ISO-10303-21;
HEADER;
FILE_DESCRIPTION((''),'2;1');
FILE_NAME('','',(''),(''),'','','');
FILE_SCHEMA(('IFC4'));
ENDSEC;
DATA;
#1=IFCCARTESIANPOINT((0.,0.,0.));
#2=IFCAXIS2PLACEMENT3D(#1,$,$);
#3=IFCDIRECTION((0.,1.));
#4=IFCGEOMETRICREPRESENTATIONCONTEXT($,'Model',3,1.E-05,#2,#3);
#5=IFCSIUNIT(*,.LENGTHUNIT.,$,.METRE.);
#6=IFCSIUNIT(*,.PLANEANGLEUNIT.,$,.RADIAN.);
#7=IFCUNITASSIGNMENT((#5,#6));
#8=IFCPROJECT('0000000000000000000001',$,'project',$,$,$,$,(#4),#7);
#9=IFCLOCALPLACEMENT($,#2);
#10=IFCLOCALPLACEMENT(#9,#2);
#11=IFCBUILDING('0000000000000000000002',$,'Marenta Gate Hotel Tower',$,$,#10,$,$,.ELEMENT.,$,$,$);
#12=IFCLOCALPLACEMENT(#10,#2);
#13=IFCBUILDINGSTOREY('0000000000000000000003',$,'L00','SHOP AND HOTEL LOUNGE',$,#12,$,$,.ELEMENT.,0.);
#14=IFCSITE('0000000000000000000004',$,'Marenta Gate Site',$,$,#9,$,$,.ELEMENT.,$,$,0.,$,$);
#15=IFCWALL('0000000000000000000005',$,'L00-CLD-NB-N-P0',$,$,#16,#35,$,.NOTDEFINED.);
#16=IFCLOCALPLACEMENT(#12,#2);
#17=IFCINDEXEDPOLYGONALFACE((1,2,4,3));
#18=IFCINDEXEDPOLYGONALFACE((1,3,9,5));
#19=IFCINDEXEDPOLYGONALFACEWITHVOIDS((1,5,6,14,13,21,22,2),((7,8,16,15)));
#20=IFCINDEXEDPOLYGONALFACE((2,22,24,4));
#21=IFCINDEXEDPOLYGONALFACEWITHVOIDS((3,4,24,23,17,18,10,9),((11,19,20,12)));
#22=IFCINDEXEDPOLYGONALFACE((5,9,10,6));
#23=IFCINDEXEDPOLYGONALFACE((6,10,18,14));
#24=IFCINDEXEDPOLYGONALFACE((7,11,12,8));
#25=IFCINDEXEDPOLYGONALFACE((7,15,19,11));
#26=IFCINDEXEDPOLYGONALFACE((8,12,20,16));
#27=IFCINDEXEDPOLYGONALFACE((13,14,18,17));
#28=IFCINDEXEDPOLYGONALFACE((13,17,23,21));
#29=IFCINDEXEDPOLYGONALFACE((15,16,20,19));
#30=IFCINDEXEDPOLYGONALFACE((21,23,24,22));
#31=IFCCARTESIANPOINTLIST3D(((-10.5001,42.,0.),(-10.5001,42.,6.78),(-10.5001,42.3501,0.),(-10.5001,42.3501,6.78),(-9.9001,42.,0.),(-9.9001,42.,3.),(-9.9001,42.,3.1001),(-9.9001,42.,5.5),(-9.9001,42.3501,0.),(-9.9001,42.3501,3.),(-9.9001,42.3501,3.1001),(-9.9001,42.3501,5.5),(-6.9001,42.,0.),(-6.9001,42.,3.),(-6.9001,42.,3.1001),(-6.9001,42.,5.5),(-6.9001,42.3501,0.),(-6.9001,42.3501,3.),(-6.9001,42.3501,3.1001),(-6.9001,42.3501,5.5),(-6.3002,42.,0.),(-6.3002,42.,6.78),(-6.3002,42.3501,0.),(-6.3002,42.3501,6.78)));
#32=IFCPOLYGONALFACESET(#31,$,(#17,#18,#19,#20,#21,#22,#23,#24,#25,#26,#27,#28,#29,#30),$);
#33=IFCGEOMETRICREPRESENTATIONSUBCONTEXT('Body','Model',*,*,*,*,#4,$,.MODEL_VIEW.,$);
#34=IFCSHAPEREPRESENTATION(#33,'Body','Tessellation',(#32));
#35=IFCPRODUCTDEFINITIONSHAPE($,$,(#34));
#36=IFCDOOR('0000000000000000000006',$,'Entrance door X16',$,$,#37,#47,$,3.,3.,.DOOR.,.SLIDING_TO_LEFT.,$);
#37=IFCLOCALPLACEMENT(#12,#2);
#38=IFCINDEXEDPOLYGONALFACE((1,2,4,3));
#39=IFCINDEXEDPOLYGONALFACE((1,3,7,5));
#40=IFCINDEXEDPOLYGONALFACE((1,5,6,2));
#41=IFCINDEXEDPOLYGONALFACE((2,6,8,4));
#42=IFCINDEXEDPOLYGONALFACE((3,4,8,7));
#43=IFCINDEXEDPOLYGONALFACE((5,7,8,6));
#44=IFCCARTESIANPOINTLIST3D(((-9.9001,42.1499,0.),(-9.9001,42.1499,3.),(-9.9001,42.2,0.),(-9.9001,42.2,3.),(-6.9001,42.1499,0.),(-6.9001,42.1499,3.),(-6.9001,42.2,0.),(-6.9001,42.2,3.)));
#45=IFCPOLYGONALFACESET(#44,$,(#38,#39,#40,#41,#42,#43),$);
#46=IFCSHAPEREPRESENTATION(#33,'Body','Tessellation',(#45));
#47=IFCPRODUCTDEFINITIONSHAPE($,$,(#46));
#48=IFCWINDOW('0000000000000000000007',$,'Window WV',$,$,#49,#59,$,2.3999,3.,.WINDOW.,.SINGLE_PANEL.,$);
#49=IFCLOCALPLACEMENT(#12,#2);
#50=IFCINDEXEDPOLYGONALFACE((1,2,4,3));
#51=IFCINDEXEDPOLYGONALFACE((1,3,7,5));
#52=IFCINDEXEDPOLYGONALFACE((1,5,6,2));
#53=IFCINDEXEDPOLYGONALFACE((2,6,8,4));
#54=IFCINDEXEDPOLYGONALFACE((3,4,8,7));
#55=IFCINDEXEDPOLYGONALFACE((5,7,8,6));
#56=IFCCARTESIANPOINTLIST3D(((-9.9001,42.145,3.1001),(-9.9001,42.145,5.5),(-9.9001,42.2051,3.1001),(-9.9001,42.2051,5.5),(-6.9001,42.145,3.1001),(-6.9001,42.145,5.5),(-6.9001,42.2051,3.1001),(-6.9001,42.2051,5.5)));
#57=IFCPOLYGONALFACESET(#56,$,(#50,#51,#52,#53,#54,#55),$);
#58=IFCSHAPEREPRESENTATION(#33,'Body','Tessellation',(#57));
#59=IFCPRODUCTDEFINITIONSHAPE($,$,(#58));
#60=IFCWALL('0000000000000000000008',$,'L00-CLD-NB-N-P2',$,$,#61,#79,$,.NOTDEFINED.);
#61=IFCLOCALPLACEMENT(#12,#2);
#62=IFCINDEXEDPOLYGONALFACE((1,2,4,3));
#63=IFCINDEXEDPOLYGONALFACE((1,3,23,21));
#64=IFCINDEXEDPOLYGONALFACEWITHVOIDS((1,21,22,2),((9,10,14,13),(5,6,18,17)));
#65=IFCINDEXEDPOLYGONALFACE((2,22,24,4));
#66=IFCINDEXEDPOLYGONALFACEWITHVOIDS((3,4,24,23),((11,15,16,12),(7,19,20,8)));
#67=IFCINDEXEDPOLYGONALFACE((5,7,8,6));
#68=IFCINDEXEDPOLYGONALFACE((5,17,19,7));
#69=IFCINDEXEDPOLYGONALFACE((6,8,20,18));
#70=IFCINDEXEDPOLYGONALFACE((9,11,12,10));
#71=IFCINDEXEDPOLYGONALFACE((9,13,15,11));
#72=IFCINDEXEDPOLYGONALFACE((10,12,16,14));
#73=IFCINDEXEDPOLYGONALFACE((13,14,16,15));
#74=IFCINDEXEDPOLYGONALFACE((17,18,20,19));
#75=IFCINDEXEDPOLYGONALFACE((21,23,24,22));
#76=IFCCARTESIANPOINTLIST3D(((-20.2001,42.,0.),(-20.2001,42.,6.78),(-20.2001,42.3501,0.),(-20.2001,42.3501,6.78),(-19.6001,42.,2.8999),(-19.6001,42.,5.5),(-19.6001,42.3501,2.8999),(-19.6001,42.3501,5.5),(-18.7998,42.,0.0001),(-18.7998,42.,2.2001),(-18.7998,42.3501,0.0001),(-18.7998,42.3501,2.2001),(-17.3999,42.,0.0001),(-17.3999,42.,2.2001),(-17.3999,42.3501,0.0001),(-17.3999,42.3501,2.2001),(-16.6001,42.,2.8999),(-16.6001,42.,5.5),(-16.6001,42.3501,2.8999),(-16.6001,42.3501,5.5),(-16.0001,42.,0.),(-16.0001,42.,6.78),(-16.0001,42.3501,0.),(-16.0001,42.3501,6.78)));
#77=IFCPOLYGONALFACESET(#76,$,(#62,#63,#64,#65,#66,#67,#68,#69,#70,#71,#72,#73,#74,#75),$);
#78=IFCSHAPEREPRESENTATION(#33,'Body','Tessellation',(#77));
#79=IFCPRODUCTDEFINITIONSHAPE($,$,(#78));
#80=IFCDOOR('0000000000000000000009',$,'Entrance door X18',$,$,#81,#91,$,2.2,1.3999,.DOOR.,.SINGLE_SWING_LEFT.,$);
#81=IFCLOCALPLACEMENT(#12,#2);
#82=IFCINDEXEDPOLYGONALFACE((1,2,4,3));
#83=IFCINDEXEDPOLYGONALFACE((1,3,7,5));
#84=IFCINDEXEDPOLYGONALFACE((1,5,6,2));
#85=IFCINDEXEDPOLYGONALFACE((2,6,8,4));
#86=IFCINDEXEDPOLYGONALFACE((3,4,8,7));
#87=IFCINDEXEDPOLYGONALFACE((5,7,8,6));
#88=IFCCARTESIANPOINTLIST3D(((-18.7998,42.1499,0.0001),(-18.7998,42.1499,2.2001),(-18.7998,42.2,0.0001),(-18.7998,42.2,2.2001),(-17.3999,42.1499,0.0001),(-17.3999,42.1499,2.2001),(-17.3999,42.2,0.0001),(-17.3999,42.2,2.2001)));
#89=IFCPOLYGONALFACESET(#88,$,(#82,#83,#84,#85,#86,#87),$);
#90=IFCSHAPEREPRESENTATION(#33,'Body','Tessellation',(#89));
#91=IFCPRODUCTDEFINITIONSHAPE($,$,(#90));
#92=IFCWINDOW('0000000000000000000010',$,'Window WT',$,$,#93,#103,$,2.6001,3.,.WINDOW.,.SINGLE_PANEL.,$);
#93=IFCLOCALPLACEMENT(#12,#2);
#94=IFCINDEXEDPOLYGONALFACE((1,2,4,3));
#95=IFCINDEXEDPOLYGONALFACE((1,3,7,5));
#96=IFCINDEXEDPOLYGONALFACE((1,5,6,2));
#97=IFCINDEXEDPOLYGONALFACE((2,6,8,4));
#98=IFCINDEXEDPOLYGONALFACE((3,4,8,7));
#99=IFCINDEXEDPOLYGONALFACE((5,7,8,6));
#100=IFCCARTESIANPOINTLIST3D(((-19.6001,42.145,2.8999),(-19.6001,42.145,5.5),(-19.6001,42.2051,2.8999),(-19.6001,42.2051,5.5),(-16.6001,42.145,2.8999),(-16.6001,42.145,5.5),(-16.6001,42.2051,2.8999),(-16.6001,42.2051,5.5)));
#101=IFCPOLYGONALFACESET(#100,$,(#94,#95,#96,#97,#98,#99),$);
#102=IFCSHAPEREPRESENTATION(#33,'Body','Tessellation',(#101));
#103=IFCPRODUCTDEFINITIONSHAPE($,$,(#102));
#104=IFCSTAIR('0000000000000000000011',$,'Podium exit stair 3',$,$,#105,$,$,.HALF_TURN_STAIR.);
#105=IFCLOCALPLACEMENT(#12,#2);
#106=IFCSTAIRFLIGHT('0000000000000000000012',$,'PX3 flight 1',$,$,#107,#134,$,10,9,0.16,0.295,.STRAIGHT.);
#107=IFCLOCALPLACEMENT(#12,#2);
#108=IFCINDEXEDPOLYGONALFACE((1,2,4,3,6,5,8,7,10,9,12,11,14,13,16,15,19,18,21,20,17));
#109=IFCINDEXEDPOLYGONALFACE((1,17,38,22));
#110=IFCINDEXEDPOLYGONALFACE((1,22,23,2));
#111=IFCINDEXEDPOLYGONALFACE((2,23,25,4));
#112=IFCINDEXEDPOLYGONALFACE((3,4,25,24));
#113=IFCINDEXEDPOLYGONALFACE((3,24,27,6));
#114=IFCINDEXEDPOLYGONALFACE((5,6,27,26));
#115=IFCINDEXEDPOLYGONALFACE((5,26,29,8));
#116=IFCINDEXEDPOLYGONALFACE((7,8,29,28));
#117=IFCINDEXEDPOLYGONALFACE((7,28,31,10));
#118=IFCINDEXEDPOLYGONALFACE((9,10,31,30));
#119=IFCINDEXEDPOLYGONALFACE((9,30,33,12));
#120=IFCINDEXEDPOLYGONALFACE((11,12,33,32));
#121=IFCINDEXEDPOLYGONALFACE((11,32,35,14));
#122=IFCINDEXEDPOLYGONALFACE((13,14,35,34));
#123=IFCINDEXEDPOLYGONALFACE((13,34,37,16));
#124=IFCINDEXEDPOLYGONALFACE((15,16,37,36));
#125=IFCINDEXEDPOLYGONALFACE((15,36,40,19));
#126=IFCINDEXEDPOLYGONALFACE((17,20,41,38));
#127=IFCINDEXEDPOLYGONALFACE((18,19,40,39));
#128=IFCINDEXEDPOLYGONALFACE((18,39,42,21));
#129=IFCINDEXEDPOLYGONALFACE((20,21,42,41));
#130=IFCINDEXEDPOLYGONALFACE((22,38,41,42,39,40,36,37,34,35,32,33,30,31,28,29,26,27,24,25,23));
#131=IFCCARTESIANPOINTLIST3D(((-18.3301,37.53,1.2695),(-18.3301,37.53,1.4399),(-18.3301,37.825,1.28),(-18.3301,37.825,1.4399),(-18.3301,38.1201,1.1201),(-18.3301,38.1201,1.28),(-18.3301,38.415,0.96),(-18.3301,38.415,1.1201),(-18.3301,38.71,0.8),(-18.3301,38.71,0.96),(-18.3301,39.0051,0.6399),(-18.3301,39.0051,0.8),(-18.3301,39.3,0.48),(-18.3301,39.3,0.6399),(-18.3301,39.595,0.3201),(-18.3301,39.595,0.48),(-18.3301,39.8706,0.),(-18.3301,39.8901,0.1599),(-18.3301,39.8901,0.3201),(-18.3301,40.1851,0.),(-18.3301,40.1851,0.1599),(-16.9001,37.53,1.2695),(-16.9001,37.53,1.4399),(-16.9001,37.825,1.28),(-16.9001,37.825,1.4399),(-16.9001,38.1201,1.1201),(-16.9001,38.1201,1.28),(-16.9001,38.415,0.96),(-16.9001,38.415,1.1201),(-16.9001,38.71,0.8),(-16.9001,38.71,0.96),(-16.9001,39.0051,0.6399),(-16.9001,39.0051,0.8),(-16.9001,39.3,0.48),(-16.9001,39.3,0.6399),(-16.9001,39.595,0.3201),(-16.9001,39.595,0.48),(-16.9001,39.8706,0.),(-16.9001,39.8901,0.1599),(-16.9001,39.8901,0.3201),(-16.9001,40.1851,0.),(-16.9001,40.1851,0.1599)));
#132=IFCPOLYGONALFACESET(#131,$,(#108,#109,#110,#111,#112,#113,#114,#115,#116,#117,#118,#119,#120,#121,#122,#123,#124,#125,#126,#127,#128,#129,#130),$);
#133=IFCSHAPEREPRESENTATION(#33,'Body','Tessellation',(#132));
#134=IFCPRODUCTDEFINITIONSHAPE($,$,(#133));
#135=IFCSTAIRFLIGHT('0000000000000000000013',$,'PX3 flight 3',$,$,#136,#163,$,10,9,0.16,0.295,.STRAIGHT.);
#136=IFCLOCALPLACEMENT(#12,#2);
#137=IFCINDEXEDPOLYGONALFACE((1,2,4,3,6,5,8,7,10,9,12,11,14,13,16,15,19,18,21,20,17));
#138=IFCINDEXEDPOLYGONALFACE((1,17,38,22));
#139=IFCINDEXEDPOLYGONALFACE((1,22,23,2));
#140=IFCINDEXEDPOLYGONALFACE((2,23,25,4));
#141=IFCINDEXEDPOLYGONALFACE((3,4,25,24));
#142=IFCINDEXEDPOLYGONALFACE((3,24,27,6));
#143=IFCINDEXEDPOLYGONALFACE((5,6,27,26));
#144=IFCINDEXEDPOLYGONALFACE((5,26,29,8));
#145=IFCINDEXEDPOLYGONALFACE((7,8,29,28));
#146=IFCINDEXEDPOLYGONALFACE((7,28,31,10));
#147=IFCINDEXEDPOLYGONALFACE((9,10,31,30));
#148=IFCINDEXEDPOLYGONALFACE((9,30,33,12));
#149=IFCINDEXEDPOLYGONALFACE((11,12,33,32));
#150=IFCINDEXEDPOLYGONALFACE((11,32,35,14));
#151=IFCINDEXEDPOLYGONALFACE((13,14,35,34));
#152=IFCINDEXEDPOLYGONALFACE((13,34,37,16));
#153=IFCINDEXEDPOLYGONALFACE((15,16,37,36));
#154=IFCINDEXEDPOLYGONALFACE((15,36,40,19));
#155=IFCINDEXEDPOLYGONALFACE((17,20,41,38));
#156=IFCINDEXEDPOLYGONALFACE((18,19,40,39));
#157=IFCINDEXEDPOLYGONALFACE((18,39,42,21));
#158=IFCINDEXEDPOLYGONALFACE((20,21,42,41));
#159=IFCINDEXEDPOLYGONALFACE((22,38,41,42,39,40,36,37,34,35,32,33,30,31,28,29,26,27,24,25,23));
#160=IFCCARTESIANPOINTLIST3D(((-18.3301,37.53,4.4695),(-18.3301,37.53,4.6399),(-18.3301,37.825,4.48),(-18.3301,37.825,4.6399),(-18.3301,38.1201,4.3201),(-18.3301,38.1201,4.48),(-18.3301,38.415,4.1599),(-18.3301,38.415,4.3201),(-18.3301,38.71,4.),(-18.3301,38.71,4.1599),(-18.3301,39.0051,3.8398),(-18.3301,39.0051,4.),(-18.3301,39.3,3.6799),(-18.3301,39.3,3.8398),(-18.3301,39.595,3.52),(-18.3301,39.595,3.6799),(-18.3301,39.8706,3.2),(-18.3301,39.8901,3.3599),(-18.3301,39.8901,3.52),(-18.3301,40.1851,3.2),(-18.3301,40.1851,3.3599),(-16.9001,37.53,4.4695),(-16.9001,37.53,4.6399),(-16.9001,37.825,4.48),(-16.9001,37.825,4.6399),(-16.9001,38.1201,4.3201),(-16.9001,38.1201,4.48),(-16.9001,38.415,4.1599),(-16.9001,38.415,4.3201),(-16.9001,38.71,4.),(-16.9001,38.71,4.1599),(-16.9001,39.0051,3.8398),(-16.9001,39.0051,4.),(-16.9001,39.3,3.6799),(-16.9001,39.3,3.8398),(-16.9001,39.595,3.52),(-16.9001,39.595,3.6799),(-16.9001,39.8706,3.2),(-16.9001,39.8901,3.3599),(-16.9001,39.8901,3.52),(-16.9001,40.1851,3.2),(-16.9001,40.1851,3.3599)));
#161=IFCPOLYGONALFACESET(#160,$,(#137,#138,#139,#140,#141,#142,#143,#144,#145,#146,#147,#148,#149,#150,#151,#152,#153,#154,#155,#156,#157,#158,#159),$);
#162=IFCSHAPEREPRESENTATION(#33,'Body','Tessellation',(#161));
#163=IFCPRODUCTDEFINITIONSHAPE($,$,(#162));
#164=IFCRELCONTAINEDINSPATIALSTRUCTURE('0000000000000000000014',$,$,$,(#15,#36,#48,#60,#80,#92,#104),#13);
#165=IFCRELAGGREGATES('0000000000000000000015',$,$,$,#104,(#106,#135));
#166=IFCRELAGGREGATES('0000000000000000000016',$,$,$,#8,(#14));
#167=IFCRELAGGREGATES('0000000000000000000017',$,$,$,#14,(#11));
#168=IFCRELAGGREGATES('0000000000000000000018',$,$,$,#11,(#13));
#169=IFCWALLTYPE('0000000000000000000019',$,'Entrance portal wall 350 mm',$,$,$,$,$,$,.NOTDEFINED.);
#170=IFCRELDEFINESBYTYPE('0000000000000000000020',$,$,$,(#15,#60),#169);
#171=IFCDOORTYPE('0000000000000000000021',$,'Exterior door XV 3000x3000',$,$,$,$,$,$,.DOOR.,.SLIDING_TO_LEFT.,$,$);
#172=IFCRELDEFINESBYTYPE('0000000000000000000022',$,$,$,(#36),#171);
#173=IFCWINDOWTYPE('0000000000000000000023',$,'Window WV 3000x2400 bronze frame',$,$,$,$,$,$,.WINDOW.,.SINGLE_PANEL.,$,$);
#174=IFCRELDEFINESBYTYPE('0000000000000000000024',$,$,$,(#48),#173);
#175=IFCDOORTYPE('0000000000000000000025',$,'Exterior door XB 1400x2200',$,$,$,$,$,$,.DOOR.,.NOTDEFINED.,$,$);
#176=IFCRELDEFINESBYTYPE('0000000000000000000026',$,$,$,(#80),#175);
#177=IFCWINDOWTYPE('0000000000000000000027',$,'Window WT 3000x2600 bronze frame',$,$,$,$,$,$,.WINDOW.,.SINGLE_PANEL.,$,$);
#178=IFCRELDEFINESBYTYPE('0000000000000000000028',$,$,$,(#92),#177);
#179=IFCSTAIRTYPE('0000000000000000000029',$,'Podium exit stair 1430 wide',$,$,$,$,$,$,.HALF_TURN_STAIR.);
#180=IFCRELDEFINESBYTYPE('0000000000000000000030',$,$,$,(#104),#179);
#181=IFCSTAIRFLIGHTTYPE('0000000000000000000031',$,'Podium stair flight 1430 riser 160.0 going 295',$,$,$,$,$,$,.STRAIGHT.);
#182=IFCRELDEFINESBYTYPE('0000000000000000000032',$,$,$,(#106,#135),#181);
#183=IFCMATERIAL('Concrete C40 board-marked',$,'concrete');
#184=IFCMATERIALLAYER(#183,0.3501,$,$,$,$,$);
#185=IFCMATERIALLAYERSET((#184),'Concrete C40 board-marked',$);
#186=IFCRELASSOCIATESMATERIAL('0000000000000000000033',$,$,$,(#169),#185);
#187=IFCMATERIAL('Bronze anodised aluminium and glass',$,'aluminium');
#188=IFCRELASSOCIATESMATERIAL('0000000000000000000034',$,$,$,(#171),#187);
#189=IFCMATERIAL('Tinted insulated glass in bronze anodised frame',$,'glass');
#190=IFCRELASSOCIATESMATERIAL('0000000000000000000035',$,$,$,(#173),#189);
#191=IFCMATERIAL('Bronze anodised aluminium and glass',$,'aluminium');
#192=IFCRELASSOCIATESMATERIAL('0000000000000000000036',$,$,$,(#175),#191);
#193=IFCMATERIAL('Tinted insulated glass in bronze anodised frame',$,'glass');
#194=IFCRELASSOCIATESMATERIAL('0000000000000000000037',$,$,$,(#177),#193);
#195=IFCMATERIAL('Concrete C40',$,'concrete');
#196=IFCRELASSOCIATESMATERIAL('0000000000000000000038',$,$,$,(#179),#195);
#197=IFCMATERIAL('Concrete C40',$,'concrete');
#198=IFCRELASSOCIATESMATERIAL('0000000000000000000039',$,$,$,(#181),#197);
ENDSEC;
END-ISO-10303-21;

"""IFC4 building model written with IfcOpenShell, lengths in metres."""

from ifc_helpers import new_model, si_unit, direction, frame, frame_2d, origin, place, context, subcontext, project, spatial, polyline, rectangle, outline, extrude, material, layer, layer_set, type_object, element, fill, aggregate, save


model = new_model("IFC4")

# Units and contexts
model_context = context("Model", 3, precision=1e-05, world=origin(), true_north=direction((0.0, 1.0)))
body_context = subcontext(model_context, "Body", "Model", "MODEL_VIEW")
ifc_project = project(units=[si_unit("LENGTHUNIT", "METRE"), si_unit("PLANEANGLEUNIT", "RADIAN")], contexts=[model_context])

# Site, building, storey
site_placement = place(None, origin())
site = spatial("IfcSite", under=ifc_project, at=site_placement, Name="Marenta Gate Site", CompositionType="ELEMENT", RefElevation=0.0)
building_placement = place(site_placement, origin())
building = spatial("IfcBuilding", under=site, at=building_placement, Name="Marenta Gate Hotel Tower", CompositionType="ELEMENT")
storey_placement = place(building_placement, origin())
storey = spatial("IfcBuildingStorey", under=building, at=storey_placement, Name="L00", Description="SHOP AND HOTEL LOUNGE", CompositionType="ELEMENT", Elevation=0.0)

# Walls, openings, doors, windows
ifc_material_1 = material(Name="Concrete C40 board-marked", Category="concrete")
ifc_layer_1 = layer(ifc_material_1, 0.3501)
ifc_layer_set_1 = layer_set([ifc_layer_1], Name="Concrete C40 board-marked")
wall_type_1 = type_object("IfcWallType", Name="Entrance portal wall 350 mm", PredefinedType="NOTDEFINED", material=ifc_layer_set_1)
wall_1_placement = place(storey_placement, frame((-6.3, 42.175, 0.0), z_axis=(0.0, 0.0, 1.0), x_axis=(-1.0, 0.0, 0.0)))
wall_1 = element("IfcWall", 1, at=wall_1_placement, inside=storey, type_object=wall_type_1, Name="L00-CLD-NB-N-P0", PredefinedType="NOTDEFINED", context=body_context, shape_type="SweptSolid", body=[
    extrude(rectangle(XDim=4.2, YDim=0.3501, at=frame_2d((2.1001, 0.0))), origin(), (0.0, 0.0, 1.0), 6.78),
])
opening_1_placement = place(wall_1_placement, frame((0.6001, 0.0, 0.0)))
opening_1 = element("IfcOpeningElement", 2, at=opening_1_placement, cuts=wall_1, PredefinedType="OPENING", context=body_context, shape_type="SweptSolid", body=[
    extrude(rectangle(XDim=3.0, YDim=3.0, at=frame_2d((1.5, 1.5))), frame((0.0, 0.175, 0.0), z_axis=(0.0, -1.0, 0.0), x_axis=(1.0, 0.0, 0.0)), (0.0, 0.0, 1.0), 0.3501),
])
opening_2_placement = place(wall_1_placement, frame((0.6001, 0.0, 3.1001)))
opening_2 = element("IfcOpeningElement", 3, at=opening_2_placement, cuts=wall_1, PredefinedType="OPENING", context=body_context, shape_type="SweptSolid", body=[
    extrude(rectangle(XDim=3.0, YDim=2.3999, at=frame_2d((1.5, 1.2))), frame((0.0, 0.175, 0.0), z_axis=(0.0, -1.0, 0.0), x_axis=(1.0, 0.0, 0.0)), (0.0, 0.0, 1.0), 0.3501),
])
ifc_material_2 = material(Name="Bronze anodised aluminium and glass", Category="aluminium")
door_type_1 = type_object("IfcDoorType", Name="Exterior door XV 3000x3000", OperationType="SLIDING_TO_LEFT", PredefinedType="DOOR", material=ifc_material_2)
door_1_placement = place(opening_1_placement, frame((3.0, 0.0, 0.0), z_axis=(0.0, 0.0, 1.0), x_axis=(-1.0, 0.0, 0.0)))
door_1 = element("IfcDoor", 4, at=door_1_placement, inside=storey, type_object=door_type_1, Name="Entrance door X16", OperationType="SLIDING_TO_LEFT", OverallHeight=3.0, OverallWidth=3.0, PredefinedType="DOOR", context=body_context, shape_type="SweptSolid", body=[
    extrude(rectangle(XDim=3.0, YDim=3.0, at=frame_2d((1.5, 1.5))), frame((0.0, 0.0249, 0.0), z_axis=(0.0, -1.0, 0.0), x_axis=(1.0, 0.0, 0.0)), (0.0, 0.0, 1.0), 0.05),
])
fill(opening_1, door_1)
ifc_material_3 = material(Name="Tinted insulated glass in bronze anodised frame", Category="glass")
window_type_1 = type_object("IfcWindowType", Name="Window WV 3000x2400 bronze frame", PartitioningType="SINGLE_PANEL", PredefinedType="WINDOW", material=ifc_material_3)
window_1_placement = place(opening_2_placement, origin())
window_1 = element("IfcWindow", 5, at=window_1_placement, inside=storey, type_object=window_type_1, Name="Window WV", OverallHeight=2.3999, OverallWidth=3.0, PartitioningType="SINGLE_PANEL", PredefinedType="WINDOW", context=body_context, shape_type="SweptSolid", body=[
    extrude(rectangle(XDim=3.0, YDim=2.3999, at=frame_2d((1.5, 1.2))), frame((0.0, 0.03, 0.0), z_axis=(0.0, -1.0, 0.0), x_axis=(1.0, 0.0, 0.0)), (0.0, 0.0, 1.0), 0.0601),
])
fill(opening_2, window_1)
wall_2_placement = place(storey_placement, frame((-16.0, 42.175, 0.0), z_axis=(0.0, 0.0, 1.0), x_axis=(-1.0, 0.0, 0.0)))
wall_2 = element("IfcWall", 6, at=wall_2_placement, inside=storey, type_object=wall_type_1, Name="L00-CLD-NB-N-P2", PredefinedType="NOTDEFINED", context=body_context, shape_type="SweptSolid", body=[
    extrude(rectangle(XDim=4.2, YDim=0.3501, at=frame_2d((2.1001, 0.0))), origin(), (0.0, 0.0, 1.0), 6.78),
])
opening_3_placement = place(wall_2_placement, frame((1.3999, 0.0, 0.0)))
opening_3 = element("IfcOpeningElement", 7, at=opening_3_placement, cuts=wall_2, PredefinedType="OPENING", context=body_context, shape_type="SweptSolid", body=[
    extrude(rectangle(XDim=1.3999, YDim=2.2, at=frame_2d((0.7, 1.1001))), frame((0.0, 0.175, 0.0), z_axis=(0.0, -1.0, 0.0), x_axis=(1.0, 0.0, 0.0)), (0.0, 0.0, 1.0), 0.3501),
])
opening_4_placement = place(wall_2_placement, frame((0.6001, 0.0, 2.8999)))
opening_4 = element("IfcOpeningElement", 8, at=opening_4_placement, cuts=wall_2, PredefinedType="OPENING", context=body_context, shape_type="SweptSolid", body=[
    extrude(rectangle(XDim=3.0, YDim=2.6001, at=frame_2d((1.5, 1.3))), frame((0.0, 0.175, 0.0), z_axis=(0.0, -1.0, 0.0), x_axis=(1.0, 0.0, 0.0)), (0.0, 0.0, 1.0), 0.3501),
])
ifc_material_4 = material(Name="Bronze anodised aluminium and glass", Category="aluminium")
door_type_2 = type_object("IfcDoorType", Name="Exterior door XB 1400x2200", OperationType="NOTDEFINED", PredefinedType="DOOR", material=ifc_material_4)
door_2_placement = place(opening_3_placement, frame((1.3999, 0.0, 0.0), z_axis=(0.0, 0.0, 1.0), x_axis=(-1.0, 0.0, 0.0)))
door_2 = element("IfcDoor", 9, at=door_2_placement, inside=storey, type_object=door_type_2, Name="Entrance door X18", OperationType="SINGLE_SWING_LEFT", OverallHeight=2.2, OverallWidth=1.3999, PredefinedType="DOOR", context=body_context, shape_type="SweptSolid", body=[
    extrude(rectangle(XDim=1.3999, YDim=2.2, at=frame_2d((0.7, 1.1001))), frame((0.0, 0.0249, 0.0), z_axis=(0.0, -1.0, 0.0), x_axis=(1.0, 0.0, 0.0)), (0.0, 0.0, 1.0), 0.05),
])
fill(opening_3, door_2)
ifc_material_5 = material(Name="Tinted insulated glass in bronze anodised frame", Category="glass")
window_type_2 = type_object("IfcWindowType", Name="Window WT 3000x2600 bronze frame", PartitioningType="SINGLE_PANEL", PredefinedType="WINDOW", material=ifc_material_5)
window_2_placement = place(opening_4_placement, origin())
window_2 = element("IfcWindow", 10, at=window_2_placement, inside=storey, type_object=window_type_2, Name="Window WT", OverallHeight=2.6001, OverallWidth=3.0, PartitioningType="SINGLE_PANEL", PredefinedType="WINDOW", context=body_context, shape_type="SweptSolid", body=[
    extrude(rectangle(XDim=3.0, YDim=2.6001, at=frame_2d((1.5, 1.3))), frame((0.0, 0.03, 0.0), z_axis=(0.0, -1.0, 0.0), x_axis=(1.0, 0.0, 0.0)), (0.0, 0.0, 1.0), 0.0601),
])
fill(opening_4, window_2)

# Stair, stair flights
ifc_material_6 = material(Name="Concrete C40", Category="concrete")
stair_type = type_object("IfcStairType", Name="Podium exit stair 1430 wide", PredefinedType="HALF_TURN_STAIR", material=ifc_material_6)
stair_1_placement = place(storey_placement, origin())
stair_1 = element("IfcStair", 11, at=stair_1_placement, inside=storey, type_object=stair_type, Name="Podium exit stair 3", PredefinedType="HALF_TURN_STAIR")
ifc_material_7 = material(Name="Concrete C40", Category="concrete")
stair_flight_type = type_object("IfcStairFlightType", Name="Podium stair flight 1430 riser 160.0 going 295", PredefinedType="STRAIGHT", material=ifc_material_7)
stair_flight_1_placement = place(storey_placement, frame((-17.615, 40.1851, 0.0), z_axis=(0.0, 0.0, 1.0), x_axis=(0.0, -1.0, 0.0)))
stair_flight_1 = element("IfcStairFlight", 12, at=stair_flight_1_placement, type_object=stair_flight_type, Name="PX3 flight 1", NumberOfRisers=10, NumberOfTreads=9, PredefinedType="STRAIGHT", RiserHeight=0.16, TreadLength=0.295, context=body_context, shape_type="SweptSolid", body=[
    extrude(outline(polyline([(0.0, 0.0), (0.0, 0.1599), (0.2949, 0.1599), (0.2949, 0.3201), (0.5901, 0.3201), (0.5901, 0.48), (0.885, 0.48), (0.885, 0.6399), (1.1799, 0.6399), (1.1799, 0.8), (1.4751, 0.8), (1.4751, 0.96), (1.77, 0.96), (1.77, 1.1201), (2.0649, 1.1201), (2.0649, 1.28), (2.3601, 1.28), (2.3601, 1.4399), (2.655, 1.4399), (2.655, 1.6001), (2.655, 1.2695), (0.3145, 0.0), (0.0, 0.0)])), frame((0.0, 0.7148, 0.0), z_axis=(0.0, -1.0, 0.0), x_axis=(1.0, 0.0, 0.0)), (0.0, 0.0, 1.0), 1.4299),
])
stair_flight_2_placement = place(storey_placement, frame((-17.615, 40.1851, 3.2), z_axis=(0.0, 0.0, 1.0), x_axis=(0.0, -1.0, 0.0)))
stair_flight_2 = element("IfcStairFlight", 13, at=stair_flight_2_placement, type_object=stair_flight_type, Name="PX3 flight 3", NumberOfRisers=10, NumberOfTreads=9, PredefinedType="STRAIGHT", RiserHeight=0.16, TreadLength=0.295, context=body_context, shape_type="SweptSolid", body=[
    extrude(outline(polyline([(0.0, 0.0), (0.0, 0.1599), (0.2949, 0.1599), (0.2949, 0.3201), (0.5901, 0.3201), (0.5901, 0.48), (0.885, 0.48), (0.885, 0.6399), (1.1799, 0.6399), (1.1799, 0.8), (1.4751, 0.8), (1.4751, 0.96), (1.77, 0.96), (1.77, 1.1201), (2.0649, 1.1201), (2.0649, 1.28), (2.3601, 1.28), (2.3601, 1.4399), (2.655, 1.4399), (2.655, 1.6001), (2.655, 1.2695), (0.3145, 0.0), (0.0, 0.0)])), frame((0.0, 0.7148, 0.0), z_axis=(0.0, -1.0, 0.0), x_axis=(1.0, 0.0, 0.0)), (0.0, 0.0, 1.0), 1.4299),
])
aggregate(stair_1, [stair_flight_1, stair_flight_2])

save(model, "model.ifc")
